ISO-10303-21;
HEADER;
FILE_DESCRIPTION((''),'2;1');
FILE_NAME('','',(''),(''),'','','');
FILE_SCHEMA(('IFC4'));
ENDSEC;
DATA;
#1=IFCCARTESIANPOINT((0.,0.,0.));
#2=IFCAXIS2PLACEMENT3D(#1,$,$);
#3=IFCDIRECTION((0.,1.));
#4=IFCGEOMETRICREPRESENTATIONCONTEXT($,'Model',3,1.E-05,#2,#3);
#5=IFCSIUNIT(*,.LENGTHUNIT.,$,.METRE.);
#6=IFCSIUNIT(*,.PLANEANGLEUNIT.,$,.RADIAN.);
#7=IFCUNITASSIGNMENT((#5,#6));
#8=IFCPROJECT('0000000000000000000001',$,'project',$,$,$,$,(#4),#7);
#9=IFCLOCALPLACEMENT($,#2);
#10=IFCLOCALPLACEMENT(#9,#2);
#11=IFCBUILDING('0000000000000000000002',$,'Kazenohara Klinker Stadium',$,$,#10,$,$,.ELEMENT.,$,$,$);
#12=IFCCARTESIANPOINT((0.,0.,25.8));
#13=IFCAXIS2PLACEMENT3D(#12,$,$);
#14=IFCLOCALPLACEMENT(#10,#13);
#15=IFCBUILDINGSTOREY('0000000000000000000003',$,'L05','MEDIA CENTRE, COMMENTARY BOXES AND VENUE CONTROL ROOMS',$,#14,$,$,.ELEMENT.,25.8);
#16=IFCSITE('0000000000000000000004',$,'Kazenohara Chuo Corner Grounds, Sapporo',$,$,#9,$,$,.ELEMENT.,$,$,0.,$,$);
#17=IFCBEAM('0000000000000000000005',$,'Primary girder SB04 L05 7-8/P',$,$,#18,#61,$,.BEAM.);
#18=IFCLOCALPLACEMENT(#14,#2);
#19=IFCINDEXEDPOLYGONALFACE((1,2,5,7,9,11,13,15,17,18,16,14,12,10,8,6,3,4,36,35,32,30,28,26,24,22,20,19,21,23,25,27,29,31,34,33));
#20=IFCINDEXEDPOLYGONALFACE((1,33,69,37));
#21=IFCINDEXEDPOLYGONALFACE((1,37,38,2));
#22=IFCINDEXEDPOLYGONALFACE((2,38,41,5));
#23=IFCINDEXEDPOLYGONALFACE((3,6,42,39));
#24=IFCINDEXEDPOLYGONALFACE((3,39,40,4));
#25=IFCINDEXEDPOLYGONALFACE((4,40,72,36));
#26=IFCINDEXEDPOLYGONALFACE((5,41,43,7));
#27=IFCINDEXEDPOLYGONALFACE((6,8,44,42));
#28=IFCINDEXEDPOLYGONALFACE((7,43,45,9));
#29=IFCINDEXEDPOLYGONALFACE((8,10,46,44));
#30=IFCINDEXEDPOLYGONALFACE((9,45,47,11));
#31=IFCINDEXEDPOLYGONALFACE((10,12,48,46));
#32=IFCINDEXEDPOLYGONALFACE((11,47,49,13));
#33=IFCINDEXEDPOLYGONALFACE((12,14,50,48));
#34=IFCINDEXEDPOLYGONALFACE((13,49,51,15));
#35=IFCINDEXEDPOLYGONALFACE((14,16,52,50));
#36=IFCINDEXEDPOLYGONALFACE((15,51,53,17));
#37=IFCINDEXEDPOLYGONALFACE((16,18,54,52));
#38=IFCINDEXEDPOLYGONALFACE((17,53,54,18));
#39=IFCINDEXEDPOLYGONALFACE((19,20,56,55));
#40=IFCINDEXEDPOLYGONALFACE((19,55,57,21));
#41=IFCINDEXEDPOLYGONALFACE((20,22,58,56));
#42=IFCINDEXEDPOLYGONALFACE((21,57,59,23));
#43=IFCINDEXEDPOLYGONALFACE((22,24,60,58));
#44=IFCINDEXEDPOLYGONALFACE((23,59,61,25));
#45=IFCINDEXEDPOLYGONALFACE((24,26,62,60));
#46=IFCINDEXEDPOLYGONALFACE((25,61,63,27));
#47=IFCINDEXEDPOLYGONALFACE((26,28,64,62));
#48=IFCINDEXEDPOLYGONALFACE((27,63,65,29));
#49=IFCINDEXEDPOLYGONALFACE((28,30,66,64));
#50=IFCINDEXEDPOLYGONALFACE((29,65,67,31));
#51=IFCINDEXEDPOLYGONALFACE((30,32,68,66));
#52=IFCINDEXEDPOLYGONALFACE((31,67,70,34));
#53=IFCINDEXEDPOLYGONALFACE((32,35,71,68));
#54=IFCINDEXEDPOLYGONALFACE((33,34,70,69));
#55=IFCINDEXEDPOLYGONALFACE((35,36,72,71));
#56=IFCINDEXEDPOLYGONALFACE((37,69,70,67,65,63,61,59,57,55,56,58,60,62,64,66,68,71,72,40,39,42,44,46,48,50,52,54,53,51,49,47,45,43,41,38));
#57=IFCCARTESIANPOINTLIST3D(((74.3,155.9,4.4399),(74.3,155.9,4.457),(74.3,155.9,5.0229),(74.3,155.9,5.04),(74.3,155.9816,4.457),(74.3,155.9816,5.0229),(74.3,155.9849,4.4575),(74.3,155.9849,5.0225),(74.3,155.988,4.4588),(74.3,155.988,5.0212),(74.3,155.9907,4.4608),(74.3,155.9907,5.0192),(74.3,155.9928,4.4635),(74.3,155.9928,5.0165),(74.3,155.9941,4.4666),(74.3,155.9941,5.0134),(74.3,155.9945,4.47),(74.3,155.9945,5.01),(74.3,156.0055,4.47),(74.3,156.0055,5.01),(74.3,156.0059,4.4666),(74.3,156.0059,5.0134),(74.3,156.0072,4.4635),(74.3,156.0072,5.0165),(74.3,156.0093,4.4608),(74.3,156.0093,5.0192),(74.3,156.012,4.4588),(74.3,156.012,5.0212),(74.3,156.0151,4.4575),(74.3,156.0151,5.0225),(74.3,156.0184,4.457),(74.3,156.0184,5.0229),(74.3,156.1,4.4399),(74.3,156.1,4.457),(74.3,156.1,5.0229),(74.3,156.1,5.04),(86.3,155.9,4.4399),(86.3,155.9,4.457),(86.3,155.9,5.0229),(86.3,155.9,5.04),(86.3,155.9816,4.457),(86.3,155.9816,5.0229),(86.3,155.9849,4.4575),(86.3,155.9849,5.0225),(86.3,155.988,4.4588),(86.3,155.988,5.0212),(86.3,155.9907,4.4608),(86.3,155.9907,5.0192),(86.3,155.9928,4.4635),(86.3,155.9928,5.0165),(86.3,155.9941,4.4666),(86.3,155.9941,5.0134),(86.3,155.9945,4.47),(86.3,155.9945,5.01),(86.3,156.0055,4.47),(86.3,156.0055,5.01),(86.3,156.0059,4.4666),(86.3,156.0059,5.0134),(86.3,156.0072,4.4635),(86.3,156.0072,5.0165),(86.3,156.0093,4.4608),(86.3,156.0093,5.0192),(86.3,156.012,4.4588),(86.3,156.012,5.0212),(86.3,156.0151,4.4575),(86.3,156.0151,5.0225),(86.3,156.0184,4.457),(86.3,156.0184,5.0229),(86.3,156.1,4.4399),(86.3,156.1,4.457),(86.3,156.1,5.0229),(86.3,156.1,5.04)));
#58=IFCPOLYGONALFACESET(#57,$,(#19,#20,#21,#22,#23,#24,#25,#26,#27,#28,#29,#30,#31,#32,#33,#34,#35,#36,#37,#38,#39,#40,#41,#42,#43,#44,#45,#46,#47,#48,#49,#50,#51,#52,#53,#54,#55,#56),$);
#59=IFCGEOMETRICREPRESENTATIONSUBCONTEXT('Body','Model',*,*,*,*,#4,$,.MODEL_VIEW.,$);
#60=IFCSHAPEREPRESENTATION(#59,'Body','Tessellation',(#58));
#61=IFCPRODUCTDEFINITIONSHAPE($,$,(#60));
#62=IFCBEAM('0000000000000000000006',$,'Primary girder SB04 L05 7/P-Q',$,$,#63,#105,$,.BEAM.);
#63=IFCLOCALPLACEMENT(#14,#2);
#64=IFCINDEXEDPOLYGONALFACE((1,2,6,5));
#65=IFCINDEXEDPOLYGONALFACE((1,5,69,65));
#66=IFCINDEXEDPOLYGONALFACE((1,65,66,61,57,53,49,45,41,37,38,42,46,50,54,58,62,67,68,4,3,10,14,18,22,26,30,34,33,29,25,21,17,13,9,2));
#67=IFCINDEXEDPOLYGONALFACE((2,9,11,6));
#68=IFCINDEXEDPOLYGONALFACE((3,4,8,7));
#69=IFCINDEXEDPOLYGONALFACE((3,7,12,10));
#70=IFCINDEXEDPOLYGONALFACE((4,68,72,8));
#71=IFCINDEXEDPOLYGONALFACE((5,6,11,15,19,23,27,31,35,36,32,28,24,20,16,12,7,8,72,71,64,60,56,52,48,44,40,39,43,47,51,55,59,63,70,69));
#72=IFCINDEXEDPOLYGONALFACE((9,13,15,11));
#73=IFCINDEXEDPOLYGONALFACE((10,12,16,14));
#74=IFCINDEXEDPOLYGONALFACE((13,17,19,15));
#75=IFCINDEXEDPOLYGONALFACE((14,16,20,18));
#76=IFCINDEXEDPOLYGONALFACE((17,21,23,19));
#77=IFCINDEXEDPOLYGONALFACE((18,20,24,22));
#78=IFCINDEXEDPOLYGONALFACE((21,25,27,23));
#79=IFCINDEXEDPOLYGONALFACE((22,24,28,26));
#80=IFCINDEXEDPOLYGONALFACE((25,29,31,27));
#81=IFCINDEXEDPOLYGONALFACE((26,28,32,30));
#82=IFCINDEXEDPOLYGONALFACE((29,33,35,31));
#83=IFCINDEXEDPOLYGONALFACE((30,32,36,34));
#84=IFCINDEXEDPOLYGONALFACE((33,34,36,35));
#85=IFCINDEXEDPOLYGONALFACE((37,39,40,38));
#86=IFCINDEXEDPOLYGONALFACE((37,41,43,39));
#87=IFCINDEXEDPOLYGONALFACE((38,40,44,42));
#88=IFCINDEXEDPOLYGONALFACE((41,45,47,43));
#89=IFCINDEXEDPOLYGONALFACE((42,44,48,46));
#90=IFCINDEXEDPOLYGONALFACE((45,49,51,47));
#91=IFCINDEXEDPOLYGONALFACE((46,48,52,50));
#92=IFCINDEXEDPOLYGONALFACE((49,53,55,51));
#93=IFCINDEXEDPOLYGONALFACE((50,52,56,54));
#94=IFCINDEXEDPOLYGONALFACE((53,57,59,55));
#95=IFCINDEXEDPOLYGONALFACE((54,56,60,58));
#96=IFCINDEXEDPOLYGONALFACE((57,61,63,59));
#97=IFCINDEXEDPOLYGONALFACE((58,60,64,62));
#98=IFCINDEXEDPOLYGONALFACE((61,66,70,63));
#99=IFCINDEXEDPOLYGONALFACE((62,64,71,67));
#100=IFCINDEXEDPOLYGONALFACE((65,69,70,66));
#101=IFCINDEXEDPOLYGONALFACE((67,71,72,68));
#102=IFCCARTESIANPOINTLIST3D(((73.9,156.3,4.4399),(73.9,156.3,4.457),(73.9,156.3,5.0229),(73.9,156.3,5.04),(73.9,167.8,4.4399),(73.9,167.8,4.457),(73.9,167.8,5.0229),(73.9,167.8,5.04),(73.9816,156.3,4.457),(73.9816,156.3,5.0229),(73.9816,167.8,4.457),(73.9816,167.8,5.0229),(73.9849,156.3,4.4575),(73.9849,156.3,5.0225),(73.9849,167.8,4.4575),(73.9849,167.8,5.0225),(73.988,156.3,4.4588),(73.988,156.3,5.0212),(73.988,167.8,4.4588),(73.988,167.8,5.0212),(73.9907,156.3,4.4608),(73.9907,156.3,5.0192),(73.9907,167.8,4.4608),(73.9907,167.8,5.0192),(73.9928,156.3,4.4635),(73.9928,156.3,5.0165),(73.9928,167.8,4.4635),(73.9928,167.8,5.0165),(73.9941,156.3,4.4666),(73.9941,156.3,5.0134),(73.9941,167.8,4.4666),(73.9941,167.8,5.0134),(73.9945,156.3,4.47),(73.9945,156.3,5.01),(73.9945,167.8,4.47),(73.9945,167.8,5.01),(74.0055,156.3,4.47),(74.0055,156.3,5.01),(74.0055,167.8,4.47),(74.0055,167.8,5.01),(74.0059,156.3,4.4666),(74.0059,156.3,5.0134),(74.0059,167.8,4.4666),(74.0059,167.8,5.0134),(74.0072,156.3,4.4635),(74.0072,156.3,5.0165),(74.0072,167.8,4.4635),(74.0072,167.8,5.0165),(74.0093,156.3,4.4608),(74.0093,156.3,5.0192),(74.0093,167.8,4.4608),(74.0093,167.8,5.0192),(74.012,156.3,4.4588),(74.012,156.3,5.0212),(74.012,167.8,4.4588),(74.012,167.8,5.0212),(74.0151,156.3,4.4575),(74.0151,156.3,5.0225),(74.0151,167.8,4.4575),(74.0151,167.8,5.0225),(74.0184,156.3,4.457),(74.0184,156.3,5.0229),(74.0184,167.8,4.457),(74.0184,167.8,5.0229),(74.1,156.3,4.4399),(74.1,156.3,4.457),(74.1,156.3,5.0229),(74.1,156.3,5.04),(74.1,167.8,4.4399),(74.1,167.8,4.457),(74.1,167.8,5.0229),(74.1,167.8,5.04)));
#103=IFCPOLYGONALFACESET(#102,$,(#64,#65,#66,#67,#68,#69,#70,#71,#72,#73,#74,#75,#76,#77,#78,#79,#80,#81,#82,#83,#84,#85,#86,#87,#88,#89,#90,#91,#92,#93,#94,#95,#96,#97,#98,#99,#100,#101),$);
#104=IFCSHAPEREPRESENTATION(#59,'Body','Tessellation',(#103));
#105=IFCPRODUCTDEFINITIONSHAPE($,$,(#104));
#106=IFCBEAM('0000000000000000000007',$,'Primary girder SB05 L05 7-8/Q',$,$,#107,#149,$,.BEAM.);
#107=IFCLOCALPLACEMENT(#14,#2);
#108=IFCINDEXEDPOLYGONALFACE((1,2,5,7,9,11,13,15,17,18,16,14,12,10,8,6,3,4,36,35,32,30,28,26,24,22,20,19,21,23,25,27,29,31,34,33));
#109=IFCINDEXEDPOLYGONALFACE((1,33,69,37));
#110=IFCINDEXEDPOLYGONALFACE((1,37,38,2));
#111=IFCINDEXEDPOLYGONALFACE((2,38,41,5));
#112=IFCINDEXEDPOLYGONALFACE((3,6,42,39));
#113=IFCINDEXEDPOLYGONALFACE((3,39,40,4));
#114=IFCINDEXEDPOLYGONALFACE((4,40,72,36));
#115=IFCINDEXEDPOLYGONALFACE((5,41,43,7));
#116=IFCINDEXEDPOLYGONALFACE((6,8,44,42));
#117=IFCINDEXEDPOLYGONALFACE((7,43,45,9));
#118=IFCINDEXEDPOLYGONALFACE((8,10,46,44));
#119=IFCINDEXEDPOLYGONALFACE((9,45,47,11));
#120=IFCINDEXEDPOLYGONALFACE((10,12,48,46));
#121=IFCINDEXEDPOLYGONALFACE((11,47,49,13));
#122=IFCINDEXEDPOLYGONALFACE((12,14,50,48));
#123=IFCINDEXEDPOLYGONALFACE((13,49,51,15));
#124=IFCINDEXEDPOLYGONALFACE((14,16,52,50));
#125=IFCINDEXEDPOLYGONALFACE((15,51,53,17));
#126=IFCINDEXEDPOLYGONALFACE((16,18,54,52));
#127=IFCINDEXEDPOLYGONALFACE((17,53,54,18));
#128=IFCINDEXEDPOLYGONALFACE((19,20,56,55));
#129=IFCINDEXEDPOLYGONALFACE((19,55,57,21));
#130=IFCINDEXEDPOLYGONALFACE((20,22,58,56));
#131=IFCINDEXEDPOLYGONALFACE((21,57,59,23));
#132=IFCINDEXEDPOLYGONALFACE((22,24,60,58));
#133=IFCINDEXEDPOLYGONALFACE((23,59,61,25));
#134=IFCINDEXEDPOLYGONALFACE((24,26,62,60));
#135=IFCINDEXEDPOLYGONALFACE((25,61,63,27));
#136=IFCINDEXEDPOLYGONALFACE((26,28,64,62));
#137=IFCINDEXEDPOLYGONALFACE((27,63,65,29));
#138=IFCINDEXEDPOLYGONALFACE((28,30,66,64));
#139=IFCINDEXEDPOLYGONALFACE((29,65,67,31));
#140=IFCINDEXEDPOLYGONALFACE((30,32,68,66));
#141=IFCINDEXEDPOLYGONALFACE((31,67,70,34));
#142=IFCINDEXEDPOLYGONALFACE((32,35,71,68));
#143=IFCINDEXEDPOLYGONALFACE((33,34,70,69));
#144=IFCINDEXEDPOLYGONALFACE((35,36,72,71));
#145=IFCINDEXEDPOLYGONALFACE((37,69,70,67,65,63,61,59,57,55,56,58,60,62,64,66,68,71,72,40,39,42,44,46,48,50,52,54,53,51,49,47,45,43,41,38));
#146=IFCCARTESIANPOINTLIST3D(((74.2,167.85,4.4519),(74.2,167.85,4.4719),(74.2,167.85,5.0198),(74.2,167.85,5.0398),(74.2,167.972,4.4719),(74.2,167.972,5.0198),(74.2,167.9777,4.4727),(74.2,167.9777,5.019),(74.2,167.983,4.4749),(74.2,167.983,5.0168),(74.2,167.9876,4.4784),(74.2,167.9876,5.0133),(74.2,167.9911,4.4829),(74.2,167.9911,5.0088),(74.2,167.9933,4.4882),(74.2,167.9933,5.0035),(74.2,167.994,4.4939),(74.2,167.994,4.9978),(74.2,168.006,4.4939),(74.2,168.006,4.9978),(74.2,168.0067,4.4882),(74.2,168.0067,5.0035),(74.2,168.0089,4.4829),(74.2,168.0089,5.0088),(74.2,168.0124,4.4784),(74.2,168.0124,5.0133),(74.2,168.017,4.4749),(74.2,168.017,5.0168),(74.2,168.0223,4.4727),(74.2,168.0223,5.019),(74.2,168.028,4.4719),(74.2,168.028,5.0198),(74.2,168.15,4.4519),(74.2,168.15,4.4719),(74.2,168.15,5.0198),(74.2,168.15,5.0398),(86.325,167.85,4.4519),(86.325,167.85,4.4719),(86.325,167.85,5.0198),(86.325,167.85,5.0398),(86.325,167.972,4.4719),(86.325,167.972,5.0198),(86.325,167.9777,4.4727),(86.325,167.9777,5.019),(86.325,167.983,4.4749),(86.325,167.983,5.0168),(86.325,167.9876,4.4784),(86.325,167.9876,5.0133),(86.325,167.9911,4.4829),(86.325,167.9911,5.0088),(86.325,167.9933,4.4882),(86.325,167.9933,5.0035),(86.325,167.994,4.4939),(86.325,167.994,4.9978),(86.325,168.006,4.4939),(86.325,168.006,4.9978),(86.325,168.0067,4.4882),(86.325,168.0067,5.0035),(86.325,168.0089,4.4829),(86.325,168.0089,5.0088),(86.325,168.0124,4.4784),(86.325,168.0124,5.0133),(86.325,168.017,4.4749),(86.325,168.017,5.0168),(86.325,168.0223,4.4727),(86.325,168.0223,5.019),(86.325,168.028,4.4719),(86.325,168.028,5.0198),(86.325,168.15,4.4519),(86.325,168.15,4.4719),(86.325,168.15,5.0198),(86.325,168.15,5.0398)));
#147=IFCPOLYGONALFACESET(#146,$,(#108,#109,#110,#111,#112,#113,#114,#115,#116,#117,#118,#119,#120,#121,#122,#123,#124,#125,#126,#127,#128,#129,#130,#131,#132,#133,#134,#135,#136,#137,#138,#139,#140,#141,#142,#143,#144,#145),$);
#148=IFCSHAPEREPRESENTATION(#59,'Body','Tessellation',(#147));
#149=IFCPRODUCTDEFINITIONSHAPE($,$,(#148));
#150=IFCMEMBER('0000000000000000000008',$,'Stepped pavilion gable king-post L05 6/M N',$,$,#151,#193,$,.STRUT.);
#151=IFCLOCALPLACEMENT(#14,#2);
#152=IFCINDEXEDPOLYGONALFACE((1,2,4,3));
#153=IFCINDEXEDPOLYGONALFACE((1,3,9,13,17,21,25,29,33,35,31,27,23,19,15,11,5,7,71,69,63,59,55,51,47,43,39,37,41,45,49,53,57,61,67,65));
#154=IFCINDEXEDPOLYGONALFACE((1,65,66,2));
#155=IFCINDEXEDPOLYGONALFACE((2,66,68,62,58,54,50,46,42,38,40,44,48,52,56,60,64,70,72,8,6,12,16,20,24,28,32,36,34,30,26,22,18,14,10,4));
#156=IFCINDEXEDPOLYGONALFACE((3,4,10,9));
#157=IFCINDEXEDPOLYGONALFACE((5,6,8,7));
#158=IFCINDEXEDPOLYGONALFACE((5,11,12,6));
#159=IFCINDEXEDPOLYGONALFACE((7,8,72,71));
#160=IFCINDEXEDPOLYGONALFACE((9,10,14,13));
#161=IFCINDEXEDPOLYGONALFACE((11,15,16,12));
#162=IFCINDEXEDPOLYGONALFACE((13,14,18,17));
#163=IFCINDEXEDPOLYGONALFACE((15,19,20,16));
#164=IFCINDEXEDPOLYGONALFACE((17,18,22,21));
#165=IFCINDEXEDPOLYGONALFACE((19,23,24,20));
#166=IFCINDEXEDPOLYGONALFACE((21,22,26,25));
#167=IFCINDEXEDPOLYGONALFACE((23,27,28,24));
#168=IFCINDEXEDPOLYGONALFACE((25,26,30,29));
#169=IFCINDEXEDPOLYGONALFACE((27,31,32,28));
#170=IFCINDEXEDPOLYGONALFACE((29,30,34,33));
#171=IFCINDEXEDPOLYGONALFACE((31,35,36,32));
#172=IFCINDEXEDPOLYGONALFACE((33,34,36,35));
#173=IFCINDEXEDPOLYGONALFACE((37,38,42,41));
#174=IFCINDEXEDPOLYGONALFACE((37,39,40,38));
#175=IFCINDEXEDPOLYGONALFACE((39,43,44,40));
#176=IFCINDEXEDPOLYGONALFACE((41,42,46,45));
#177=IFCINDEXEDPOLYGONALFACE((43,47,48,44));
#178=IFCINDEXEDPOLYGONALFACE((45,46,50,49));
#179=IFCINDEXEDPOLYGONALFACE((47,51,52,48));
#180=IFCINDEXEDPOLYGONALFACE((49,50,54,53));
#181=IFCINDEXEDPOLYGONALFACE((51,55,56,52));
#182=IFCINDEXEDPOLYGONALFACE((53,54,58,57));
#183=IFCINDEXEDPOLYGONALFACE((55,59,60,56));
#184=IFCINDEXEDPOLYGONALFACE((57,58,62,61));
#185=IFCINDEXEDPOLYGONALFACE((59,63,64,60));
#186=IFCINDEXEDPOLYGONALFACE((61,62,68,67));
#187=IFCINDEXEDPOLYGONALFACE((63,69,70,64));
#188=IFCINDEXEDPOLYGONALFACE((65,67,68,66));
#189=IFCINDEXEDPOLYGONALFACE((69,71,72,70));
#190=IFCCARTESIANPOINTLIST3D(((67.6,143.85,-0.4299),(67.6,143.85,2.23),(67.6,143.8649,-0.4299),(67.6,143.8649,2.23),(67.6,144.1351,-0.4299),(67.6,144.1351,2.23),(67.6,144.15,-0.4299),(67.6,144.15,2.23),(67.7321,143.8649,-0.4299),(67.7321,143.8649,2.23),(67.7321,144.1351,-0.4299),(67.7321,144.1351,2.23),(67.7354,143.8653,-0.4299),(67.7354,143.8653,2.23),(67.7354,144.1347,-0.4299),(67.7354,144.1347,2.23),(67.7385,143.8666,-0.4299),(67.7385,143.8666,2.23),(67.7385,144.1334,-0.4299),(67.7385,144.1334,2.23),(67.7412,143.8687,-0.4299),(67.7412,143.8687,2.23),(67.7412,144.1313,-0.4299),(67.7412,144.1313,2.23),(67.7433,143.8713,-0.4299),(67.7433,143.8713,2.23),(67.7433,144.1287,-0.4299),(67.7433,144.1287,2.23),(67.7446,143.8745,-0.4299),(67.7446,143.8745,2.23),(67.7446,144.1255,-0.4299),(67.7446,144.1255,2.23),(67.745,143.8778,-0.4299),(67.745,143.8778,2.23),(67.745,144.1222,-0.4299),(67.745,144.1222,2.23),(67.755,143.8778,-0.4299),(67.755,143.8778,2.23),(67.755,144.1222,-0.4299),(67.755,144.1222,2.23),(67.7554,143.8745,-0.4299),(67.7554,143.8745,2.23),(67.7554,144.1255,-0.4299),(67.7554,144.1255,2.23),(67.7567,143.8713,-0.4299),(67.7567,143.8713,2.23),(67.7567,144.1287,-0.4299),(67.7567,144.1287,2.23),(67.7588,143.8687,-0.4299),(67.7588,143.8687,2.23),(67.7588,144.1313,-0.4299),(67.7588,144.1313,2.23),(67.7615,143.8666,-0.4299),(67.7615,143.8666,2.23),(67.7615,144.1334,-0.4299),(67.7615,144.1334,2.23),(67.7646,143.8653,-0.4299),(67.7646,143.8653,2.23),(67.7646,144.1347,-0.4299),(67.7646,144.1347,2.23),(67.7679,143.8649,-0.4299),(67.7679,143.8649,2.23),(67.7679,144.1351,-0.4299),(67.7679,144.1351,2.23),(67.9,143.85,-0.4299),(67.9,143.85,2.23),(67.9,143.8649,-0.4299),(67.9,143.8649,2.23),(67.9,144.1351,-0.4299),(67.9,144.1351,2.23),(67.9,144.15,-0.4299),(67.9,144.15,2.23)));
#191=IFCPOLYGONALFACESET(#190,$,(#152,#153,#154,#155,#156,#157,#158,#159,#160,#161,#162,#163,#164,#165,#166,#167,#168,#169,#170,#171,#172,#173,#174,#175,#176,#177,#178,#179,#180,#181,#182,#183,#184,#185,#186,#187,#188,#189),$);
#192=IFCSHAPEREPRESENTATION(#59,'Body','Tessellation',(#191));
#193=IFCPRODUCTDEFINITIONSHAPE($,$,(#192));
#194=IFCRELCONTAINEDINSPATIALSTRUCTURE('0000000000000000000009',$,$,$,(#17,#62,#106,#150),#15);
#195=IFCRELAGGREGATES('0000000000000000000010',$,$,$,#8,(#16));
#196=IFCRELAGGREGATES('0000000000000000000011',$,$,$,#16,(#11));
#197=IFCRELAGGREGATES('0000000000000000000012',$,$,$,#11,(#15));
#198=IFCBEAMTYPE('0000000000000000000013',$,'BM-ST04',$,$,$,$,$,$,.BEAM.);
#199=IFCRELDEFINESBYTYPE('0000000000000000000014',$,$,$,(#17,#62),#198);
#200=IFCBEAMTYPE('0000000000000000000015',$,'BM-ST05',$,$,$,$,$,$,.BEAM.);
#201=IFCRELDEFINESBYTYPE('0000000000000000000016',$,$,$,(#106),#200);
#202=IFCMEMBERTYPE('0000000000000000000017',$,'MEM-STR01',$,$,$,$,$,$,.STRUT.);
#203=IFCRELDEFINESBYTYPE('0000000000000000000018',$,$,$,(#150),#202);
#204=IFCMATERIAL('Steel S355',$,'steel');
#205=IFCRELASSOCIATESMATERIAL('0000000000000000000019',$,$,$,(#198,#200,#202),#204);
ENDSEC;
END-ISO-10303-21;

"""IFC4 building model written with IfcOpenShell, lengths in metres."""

from ifc_helpers import new_model, si_unit, direction, frame, origin, origin_2d, place, context, subcontext, project, spatial, i_section, extrude, material, material_profile, profile_set, type_object, element, save


model = new_model("IFC4")

# Units and contexts
model_context = context("Model", 3, precision=1e-05, world=origin(), true_north=direction((0.0, 1.0)))
body_context = subcontext(model_context, "Body", "Model", "MODEL_VIEW")
ifc_project = project(units=[si_unit("LENGTHUNIT", "METRE"), si_unit("PLANEANGLEUNIT", "RADIAN")], contexts=[model_context])

# Site, building, storey
site_placement = place(None, origin())
site = spatial("IfcSite", under=ifc_project, at=site_placement, Name="Kazenohara Chuo Corner Grounds, Sapporo", CompositionType="ELEMENT", RefElevation=0.0)
building_placement = place(site_placement, origin())
building = spatial("IfcBuilding", under=site, at=building_placement, Name="Kazenohara Klinker Stadium", CompositionType="ELEMENT")
storey_placement = place(building_placement, frame((0.0, 0.0, 25.8)))
storey = spatial("IfcBuildingStorey", under=building, at=storey_placement, Name="L05", Description="MEDIA CENTRE, COMMENTARY BOXES AND VENUE CONTROL ROOMS", CompositionType="ELEMENT", Elevation=25.8)

# Shared definitions
ifc_material_1 = material(Name="Steel S355", Category="steel")

# Beams
ifc_material_profile_1 = material_profile(ifc_material_1, i_section(OverallWidth=0.2, OverallDepth=0.6001, WebThickness=0.011, FlangeThickness=0.0171, FilletRadius=0.0129, at=origin_2d()), Name="H-600x200x11x17")
ifc_profile_set_1 = profile_set([ifc_material_profile_1], Name="Steel S355")
beam_type_1 = type_object("IfcBeamType", Name="BM-ST04", PredefinedType="BEAM", material=ifc_profile_set_1)
beam_1_placement = place(storey_placement, frame((74.3, 156.0, 4.74), z_axis=(1.0, 0.0, 0.0), x_axis=(0.0, 1.0, 0.0)))
element("IfcBeam", 1, at=beam_1_placement, inside=storey, type_object=beam_type_1, Name="Primary girder SB04 L05 7-8/P", PredefinedType="BEAM", context=body_context, shape_type="SweptSolid", body=[
    extrude(i_section(OverallWidth=0.2, OverallDepth=0.6001, WebThickness=0.011, FlangeThickness=0.0171, FilletRadius=0.0129, at=origin_2d()), origin(), (0.0, 0.0, 1.0), 12.0),
])
beam_2_placement = place(storey_placement, frame((74.0, 156.3, 4.74), z_axis=(0.0, 1.0, 0.0), x_axis=(-1.0, 0.0, 0.0)))
element("IfcBeam", 2, at=beam_2_placement, inside=storey, type_object=beam_type_1, Name="Primary girder SB04 L05 7/P-Q", PredefinedType="BEAM", context=body_context, shape_type="SweptSolid", body=[
    extrude(i_section(OverallWidth=0.2, OverallDepth=0.6001, WebThickness=0.011, FlangeThickness=0.0171, FilletRadius=0.0129, at=origin_2d()), origin(), (0.0, 0.0, 1.0), 11.5),
])
ifc_material_profile_2 = material_profile(ifc_material_1, i_section(OverallWidth=0.3, OverallDepth=0.5879, WebThickness=0.012, FlangeThickness=0.02, FilletRadius=0.022, at=origin_2d()), Name="H-588x300x12x20")
ifc_profile_set_2 = profile_set([ifc_material_profile_2], Name="Steel S355")
beam_type_2 = type_object("IfcBeamType", Name="BM-ST05", PredefinedType="BEAM", material=ifc_profile_set_2)
beam_3_placement = place(storey_placement, frame((74.2, 168.0, 4.7458), z_axis=(1.0, 0.0, 0.0), x_axis=(0.0, 1.0, 0.0)))
element("IfcBeam", 3, at=beam_3_placement, inside=storey, type_object=beam_type_2, Name="Primary girder SB05 L05 7-8/Q", PredefinedType="BEAM", context=body_context, shape_type="SweptSolid", body=[
    extrude(i_section(OverallWidth=0.3, OverallDepth=0.5879, WebThickness=0.012, FlangeThickness=0.02, FilletRadius=0.022, at=origin_2d()), origin(), (0.0, 0.0, 1.0), 12.125),
])

# Member
ifc_material_profile_3 = material_profile(ifc_material_1, i_section(OverallWidth=0.3, OverallDepth=0.3, WebThickness=0.01, FlangeThickness=0.0149, FilletRadius=0.0129, at=origin_2d()), Name="H-300x300x10x15")
ifc_profile_set_3 = profile_set([ifc_material_profile_3], Name="Steel S355")
member_type = type_object("IfcMemberType", Name="MEM-STR01", PredefinedType="STRUT", material=ifc_profile_set_3)
member_placement = place(storey_placement, frame((67.75, 144.0, -0.4299), z_axis=(0.0, 0.0, 1.0), x_axis=(1.0, 0.0, 0.0)))
element("IfcMember", 4, at=member_placement, inside=storey, type_object=member_type, Name="Stepped pavilion gable king-post L05 6/M N", PredefinedType="STRUT", context=body_context, shape_type="SweptSolid", body=[
    extrude(i_section(OverallWidth=0.3, OverallDepth=0.3, WebThickness=0.01, FlangeThickness=0.0149, FilletRadius=0.0129, at=origin_2d()), origin(), (0.0, 0.0, 1.0), 2.6599),
])

save(model, "model.ifc")
